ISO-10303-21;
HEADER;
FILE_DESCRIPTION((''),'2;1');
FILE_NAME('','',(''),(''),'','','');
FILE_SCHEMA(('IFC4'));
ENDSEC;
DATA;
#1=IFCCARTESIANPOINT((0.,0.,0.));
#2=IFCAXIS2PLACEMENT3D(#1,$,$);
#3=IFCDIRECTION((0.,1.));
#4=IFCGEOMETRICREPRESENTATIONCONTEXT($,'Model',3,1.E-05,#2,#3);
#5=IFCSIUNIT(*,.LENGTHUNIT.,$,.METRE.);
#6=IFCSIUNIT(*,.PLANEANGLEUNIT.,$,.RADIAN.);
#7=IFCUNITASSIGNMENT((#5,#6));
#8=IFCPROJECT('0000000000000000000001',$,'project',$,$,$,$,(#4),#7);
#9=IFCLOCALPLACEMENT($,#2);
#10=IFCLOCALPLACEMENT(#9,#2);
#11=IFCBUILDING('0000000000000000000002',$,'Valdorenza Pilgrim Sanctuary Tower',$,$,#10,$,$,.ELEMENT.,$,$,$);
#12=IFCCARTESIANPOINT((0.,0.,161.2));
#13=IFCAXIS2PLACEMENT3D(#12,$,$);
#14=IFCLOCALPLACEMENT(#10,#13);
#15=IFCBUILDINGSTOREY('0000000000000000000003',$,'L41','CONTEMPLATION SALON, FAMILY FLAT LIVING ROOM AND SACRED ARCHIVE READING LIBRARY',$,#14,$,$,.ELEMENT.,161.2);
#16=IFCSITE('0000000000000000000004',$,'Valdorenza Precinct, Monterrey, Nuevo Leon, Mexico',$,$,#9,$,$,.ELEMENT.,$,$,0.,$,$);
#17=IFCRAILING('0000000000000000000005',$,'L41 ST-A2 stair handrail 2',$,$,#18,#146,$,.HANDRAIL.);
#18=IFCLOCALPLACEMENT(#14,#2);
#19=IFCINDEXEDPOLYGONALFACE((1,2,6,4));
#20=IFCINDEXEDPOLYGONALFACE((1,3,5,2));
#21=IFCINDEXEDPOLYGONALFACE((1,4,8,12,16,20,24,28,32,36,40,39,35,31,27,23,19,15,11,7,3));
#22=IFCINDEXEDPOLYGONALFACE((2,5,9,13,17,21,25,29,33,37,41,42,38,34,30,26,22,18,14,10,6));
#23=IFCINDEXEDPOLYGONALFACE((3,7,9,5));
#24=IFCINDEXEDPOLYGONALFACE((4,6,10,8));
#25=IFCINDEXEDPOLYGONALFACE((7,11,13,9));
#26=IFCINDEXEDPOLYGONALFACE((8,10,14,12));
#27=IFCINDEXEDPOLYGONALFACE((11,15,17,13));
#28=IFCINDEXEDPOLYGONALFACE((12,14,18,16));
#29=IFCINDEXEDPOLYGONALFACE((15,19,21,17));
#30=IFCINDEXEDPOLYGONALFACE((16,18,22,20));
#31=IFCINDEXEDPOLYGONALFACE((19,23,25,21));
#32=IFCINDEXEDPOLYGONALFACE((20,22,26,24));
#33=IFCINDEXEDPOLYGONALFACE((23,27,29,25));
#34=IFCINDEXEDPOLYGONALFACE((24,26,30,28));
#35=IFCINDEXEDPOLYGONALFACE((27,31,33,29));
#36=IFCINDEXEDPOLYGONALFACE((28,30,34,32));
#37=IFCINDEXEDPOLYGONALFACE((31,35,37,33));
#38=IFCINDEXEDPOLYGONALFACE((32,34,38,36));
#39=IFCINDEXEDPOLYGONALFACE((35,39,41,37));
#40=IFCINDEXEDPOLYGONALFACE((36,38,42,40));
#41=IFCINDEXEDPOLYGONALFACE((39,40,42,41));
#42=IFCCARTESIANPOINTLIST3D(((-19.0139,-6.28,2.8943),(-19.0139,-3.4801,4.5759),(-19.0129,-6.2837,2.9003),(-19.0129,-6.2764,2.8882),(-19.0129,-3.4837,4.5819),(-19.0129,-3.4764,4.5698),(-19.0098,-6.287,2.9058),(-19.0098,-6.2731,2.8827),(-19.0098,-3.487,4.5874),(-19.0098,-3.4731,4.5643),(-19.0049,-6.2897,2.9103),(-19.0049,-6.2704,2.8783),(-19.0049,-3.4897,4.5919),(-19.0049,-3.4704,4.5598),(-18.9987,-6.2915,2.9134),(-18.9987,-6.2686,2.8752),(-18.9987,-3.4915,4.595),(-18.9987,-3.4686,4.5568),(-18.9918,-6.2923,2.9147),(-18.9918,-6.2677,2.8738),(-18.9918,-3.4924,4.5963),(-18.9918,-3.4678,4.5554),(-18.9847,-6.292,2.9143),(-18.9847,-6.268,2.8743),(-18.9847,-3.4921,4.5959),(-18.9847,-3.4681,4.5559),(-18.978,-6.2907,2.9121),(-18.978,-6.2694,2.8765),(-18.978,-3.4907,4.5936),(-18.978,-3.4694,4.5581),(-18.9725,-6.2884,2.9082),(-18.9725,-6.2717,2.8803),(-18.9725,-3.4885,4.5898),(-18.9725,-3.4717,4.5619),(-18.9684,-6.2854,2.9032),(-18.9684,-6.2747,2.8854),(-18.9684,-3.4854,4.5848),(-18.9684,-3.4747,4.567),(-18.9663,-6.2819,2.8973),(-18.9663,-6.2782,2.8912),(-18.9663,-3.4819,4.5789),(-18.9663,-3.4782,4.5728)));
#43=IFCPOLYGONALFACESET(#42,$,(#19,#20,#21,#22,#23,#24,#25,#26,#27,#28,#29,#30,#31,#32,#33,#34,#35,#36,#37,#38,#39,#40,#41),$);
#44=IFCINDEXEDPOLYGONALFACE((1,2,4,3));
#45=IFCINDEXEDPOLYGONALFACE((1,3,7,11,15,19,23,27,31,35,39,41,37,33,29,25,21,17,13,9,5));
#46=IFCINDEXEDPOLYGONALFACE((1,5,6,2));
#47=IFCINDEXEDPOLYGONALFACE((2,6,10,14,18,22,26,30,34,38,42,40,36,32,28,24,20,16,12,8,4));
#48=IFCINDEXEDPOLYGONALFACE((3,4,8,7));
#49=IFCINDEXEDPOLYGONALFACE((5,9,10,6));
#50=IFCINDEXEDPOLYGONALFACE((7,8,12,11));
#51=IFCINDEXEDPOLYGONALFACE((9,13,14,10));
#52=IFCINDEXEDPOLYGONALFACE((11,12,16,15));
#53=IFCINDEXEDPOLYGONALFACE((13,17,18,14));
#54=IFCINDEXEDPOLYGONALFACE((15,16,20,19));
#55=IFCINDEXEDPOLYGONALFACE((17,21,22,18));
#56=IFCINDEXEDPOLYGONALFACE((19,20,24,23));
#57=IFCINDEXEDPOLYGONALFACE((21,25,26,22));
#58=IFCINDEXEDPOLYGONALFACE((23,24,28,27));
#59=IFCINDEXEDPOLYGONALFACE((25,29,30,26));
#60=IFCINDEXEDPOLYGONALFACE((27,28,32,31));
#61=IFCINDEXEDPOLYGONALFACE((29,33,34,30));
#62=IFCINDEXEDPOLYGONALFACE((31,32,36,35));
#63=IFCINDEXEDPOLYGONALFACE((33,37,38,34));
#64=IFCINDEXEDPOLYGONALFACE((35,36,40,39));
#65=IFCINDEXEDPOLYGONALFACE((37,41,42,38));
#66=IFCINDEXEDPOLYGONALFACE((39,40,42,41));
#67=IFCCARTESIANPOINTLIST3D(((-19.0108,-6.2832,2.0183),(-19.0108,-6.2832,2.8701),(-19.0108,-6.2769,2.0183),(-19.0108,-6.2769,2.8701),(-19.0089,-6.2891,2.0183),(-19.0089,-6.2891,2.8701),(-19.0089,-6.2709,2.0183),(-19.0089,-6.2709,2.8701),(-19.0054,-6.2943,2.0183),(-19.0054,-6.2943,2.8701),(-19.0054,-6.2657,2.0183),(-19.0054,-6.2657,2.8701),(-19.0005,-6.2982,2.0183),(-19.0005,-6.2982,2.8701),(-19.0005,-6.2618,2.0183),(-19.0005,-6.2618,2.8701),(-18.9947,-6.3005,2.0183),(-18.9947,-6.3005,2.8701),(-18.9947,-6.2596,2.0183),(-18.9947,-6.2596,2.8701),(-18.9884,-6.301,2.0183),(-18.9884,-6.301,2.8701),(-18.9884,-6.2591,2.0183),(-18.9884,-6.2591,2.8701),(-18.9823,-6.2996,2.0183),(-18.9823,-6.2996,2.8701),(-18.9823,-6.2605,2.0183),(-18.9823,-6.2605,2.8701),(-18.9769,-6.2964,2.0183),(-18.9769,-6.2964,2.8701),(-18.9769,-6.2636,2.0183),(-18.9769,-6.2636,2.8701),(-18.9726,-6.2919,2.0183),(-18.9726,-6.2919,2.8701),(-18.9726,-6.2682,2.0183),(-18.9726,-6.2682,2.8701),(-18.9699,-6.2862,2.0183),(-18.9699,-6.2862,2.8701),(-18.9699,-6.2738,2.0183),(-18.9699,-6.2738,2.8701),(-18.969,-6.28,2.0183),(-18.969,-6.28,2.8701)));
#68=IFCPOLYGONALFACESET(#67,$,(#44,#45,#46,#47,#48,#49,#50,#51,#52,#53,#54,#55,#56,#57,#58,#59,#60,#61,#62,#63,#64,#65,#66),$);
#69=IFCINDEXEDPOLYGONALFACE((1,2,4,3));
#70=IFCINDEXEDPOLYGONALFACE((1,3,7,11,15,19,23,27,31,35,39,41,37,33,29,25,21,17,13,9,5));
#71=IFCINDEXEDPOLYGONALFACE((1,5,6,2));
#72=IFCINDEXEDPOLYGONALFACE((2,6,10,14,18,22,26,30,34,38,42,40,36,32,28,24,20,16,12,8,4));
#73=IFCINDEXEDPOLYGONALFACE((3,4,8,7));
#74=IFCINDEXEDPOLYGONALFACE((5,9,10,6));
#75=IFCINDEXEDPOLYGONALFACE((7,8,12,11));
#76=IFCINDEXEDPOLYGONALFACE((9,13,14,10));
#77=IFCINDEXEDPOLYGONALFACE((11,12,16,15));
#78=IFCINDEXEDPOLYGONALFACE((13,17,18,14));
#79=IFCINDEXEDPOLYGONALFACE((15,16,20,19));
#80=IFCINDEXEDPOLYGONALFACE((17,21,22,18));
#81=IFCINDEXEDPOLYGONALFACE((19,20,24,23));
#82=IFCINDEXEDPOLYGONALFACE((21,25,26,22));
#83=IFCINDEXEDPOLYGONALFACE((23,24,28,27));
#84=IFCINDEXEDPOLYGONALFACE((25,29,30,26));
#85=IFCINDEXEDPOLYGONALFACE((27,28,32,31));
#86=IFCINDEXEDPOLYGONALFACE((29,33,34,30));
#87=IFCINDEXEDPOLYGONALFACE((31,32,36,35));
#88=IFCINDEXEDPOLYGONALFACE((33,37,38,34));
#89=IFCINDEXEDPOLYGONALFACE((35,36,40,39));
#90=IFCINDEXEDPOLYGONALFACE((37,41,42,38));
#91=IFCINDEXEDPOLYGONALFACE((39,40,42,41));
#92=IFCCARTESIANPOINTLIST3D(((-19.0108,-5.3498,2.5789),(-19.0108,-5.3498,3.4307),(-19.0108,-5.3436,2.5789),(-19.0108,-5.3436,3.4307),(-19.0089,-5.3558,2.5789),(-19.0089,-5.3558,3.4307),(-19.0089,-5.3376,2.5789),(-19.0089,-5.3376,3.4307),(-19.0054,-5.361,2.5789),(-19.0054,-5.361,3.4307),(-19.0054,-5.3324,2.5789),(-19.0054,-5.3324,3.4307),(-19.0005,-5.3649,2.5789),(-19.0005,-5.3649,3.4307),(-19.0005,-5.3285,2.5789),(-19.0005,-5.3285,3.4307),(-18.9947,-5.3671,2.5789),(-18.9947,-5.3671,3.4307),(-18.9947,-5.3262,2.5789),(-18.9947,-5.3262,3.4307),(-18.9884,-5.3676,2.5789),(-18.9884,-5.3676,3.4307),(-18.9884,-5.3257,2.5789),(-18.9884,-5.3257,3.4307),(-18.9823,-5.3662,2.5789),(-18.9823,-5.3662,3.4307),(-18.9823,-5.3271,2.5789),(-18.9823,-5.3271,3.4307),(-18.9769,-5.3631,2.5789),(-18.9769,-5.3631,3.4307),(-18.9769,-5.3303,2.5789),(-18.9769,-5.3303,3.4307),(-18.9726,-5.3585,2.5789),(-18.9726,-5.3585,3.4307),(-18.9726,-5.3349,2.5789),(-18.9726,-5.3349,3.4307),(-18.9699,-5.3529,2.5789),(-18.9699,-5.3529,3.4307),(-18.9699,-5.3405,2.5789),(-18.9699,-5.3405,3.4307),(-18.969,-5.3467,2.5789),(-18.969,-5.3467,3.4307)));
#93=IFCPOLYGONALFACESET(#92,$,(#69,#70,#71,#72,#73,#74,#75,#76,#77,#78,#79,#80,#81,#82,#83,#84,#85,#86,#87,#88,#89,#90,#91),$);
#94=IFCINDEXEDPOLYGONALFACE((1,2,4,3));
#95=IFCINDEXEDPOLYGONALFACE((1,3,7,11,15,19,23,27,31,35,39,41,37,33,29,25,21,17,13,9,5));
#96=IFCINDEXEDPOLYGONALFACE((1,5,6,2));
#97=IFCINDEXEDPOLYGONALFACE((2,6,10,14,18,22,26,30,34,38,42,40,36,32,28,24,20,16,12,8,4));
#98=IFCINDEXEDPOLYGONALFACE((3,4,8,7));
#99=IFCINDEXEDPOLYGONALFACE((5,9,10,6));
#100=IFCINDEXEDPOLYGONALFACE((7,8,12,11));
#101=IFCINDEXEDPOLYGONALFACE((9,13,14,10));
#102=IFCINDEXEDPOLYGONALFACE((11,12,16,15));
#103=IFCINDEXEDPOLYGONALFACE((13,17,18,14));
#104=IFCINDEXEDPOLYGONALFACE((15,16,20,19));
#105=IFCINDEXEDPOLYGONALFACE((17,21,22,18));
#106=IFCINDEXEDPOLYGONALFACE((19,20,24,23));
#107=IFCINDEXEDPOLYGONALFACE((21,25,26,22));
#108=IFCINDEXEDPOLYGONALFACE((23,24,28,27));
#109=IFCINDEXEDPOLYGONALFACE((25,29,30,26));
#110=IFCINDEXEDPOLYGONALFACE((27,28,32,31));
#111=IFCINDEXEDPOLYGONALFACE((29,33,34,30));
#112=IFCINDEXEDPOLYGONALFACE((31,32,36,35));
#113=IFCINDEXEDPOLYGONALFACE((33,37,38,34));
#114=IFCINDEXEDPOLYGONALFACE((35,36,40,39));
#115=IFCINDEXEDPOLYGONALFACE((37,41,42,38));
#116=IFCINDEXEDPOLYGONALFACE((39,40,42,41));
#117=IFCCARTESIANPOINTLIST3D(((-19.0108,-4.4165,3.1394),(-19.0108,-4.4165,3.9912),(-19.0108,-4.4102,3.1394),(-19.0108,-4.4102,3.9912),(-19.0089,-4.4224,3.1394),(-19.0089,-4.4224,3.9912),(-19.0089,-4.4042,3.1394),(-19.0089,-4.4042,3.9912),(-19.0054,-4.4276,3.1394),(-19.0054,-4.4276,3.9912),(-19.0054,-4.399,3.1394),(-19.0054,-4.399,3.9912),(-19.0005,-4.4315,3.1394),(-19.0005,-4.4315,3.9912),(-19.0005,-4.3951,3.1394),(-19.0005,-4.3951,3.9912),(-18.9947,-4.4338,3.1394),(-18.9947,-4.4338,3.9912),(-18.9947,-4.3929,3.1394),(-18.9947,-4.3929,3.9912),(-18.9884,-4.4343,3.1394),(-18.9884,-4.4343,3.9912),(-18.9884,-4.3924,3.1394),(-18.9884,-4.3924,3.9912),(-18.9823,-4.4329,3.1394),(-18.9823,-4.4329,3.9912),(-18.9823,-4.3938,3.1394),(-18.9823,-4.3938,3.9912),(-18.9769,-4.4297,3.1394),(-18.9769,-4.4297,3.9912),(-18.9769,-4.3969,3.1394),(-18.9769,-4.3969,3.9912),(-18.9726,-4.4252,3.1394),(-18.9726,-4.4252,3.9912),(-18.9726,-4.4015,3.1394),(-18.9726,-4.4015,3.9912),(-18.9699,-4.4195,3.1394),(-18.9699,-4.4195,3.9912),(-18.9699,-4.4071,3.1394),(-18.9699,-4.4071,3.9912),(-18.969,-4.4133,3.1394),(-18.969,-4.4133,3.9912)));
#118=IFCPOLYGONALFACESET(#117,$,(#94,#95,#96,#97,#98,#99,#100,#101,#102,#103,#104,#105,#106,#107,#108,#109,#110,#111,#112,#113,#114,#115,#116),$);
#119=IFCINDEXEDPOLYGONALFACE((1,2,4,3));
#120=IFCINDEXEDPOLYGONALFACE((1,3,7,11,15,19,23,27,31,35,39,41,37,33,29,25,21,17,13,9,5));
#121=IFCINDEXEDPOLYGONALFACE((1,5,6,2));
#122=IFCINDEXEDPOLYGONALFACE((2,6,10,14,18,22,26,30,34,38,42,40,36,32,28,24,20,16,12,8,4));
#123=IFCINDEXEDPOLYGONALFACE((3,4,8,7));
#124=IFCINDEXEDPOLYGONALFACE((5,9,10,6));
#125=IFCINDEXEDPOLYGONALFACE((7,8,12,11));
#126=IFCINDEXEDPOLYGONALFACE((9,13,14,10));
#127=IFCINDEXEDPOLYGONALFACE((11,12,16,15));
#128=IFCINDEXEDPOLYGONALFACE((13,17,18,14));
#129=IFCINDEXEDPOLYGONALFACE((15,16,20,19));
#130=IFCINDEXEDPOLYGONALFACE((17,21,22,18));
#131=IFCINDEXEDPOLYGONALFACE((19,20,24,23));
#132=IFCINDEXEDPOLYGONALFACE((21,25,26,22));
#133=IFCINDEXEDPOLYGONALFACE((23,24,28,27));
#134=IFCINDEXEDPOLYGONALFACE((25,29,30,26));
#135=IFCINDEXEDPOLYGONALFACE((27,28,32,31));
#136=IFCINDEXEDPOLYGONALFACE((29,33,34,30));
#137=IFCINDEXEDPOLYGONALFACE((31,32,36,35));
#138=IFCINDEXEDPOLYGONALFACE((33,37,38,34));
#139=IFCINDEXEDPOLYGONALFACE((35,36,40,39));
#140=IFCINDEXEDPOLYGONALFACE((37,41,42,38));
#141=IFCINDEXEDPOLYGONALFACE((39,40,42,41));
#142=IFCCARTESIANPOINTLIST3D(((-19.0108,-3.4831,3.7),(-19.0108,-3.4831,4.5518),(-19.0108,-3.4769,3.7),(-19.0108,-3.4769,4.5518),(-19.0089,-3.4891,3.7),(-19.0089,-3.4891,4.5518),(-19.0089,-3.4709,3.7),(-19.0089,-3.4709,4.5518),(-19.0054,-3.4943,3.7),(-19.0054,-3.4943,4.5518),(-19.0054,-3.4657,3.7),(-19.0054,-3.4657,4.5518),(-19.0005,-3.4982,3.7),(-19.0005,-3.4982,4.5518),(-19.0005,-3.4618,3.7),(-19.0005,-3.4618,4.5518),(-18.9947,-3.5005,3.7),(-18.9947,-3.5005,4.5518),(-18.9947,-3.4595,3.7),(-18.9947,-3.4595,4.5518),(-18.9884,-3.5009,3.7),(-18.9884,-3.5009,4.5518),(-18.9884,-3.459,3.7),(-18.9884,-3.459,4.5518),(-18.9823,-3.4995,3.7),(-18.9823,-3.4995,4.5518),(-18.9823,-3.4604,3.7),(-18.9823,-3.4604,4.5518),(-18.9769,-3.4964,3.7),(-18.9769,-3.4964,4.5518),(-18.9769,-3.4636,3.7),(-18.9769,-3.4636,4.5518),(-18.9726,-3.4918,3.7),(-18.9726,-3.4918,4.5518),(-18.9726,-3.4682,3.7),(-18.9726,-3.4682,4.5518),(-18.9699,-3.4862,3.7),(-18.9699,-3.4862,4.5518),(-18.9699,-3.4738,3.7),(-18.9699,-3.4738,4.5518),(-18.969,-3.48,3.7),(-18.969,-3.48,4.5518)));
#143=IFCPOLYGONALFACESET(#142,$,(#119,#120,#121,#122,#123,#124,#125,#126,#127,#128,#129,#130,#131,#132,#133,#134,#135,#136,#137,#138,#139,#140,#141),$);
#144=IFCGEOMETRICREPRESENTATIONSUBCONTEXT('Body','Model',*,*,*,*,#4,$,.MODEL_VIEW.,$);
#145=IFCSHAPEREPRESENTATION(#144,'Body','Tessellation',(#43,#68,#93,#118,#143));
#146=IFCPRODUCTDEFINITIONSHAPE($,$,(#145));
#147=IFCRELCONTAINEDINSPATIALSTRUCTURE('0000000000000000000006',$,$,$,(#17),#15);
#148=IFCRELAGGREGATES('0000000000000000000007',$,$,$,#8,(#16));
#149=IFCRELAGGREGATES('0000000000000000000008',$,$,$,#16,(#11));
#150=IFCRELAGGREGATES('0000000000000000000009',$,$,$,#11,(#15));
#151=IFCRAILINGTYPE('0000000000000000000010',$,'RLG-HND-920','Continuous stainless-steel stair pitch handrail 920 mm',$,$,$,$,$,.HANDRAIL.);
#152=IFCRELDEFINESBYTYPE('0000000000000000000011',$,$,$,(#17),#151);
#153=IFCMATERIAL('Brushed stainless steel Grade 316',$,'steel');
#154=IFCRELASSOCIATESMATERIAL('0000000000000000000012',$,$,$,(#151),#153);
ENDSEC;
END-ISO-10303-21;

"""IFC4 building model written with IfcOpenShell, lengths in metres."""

from ifc_helpers import new_model, si_unit, direction, frame, origin, origin_2d, place, context, subcontext, project, spatial, circle, extrude, material, type_object, element, save


model = new_model("IFC4")

# Units and contexts
model_context = context("Model", 3, precision=1e-05, world=origin(), true_north=direction((0.0, 1.0)))
body_context = subcontext(model_context, "Body", "Model", "MODEL_VIEW")
ifc_project = project(units=[si_unit("LENGTHUNIT", "METRE"), si_unit("PLANEANGLEUNIT", "RADIAN")], contexts=[model_context])

# Site, building, storey
site_placement = place(None, origin())
site = spatial("IfcSite", under=ifc_project, at=site_placement, Name="Valdorenza Precinct, Monterrey, Nuevo Leon, Mexico", CompositionType="ELEMENT", RefElevation=0.0)
building_placement = place(site_placement, origin())
building = spatial("IfcBuilding", under=site, at=building_placement, Name="Valdorenza Pilgrim Sanctuary Tower", CompositionType="ELEMENT")
storey_placement = place(building_placement, frame((0.0, 0.0, 161.2)))
storey = spatial("IfcBuildingStorey", under=building, at=storey_placement, Name="L41", Description="CONTEMPLATION SALON, FAMILY FLAT LIVING ROOM AND SACRED ARCHIVE READING LIBRARY", CompositionType="ELEMENT", Elevation=161.2)

# Shared definitions
ifc_material_1 = material(Name="Brushed stainless steel Grade 316", Category="steel")

# Railing
railing_type_1 = type_object("IfcRailingType", Name="RLG-HND-920", Description="Continuous stainless-steel stair pitch handrail 920 mm", PredefinedType="HANDRAIL", material=ifc_material_1)
railing_1_placement = place(storey_placement, frame((-18.99, -6.28, 2.0183)))
element("IfcRailing", 1, at=railing_1_placement, inside=storey, type_object=railing_type_1, Name="L41 ST-A2 stair handrail 2", PredefinedType="HANDRAIL", context=body_context, shape_type="SweptSolid", body=[
    extrude(circle(Radius=0.0239, at=origin_2d()), frame((0.0, 0.0, 0.876), z_axis=(0.0, 0.857275, 0.514858), x_axis=(-1.0, 0.0, 0.0)), (0.0, 0.0, 1.0), 3.2661),
    extrude(circle(Radius=0.021, at=origin_2d()), origin(), (0.0, 0.0, 1.0), 0.8518),
    extrude(circle(Radius=0.021, at=origin_2d()), frame((0.0, 0.9333, 0.5605)), (0.0, 0.0, 1.0), 0.8518),
    extrude(circle(Radius=0.021, at=origin_2d()), frame((0.0, 1.8667, 1.1211)), (0.0, 0.0, 1.0), 0.8518),
    extrude(circle(Radius=0.021, at=origin_2d()), frame((0.0, 2.8, 1.6816)), (0.0, 0.0, 1.0), 0.8518),
])

save(model, "model.ifc")
